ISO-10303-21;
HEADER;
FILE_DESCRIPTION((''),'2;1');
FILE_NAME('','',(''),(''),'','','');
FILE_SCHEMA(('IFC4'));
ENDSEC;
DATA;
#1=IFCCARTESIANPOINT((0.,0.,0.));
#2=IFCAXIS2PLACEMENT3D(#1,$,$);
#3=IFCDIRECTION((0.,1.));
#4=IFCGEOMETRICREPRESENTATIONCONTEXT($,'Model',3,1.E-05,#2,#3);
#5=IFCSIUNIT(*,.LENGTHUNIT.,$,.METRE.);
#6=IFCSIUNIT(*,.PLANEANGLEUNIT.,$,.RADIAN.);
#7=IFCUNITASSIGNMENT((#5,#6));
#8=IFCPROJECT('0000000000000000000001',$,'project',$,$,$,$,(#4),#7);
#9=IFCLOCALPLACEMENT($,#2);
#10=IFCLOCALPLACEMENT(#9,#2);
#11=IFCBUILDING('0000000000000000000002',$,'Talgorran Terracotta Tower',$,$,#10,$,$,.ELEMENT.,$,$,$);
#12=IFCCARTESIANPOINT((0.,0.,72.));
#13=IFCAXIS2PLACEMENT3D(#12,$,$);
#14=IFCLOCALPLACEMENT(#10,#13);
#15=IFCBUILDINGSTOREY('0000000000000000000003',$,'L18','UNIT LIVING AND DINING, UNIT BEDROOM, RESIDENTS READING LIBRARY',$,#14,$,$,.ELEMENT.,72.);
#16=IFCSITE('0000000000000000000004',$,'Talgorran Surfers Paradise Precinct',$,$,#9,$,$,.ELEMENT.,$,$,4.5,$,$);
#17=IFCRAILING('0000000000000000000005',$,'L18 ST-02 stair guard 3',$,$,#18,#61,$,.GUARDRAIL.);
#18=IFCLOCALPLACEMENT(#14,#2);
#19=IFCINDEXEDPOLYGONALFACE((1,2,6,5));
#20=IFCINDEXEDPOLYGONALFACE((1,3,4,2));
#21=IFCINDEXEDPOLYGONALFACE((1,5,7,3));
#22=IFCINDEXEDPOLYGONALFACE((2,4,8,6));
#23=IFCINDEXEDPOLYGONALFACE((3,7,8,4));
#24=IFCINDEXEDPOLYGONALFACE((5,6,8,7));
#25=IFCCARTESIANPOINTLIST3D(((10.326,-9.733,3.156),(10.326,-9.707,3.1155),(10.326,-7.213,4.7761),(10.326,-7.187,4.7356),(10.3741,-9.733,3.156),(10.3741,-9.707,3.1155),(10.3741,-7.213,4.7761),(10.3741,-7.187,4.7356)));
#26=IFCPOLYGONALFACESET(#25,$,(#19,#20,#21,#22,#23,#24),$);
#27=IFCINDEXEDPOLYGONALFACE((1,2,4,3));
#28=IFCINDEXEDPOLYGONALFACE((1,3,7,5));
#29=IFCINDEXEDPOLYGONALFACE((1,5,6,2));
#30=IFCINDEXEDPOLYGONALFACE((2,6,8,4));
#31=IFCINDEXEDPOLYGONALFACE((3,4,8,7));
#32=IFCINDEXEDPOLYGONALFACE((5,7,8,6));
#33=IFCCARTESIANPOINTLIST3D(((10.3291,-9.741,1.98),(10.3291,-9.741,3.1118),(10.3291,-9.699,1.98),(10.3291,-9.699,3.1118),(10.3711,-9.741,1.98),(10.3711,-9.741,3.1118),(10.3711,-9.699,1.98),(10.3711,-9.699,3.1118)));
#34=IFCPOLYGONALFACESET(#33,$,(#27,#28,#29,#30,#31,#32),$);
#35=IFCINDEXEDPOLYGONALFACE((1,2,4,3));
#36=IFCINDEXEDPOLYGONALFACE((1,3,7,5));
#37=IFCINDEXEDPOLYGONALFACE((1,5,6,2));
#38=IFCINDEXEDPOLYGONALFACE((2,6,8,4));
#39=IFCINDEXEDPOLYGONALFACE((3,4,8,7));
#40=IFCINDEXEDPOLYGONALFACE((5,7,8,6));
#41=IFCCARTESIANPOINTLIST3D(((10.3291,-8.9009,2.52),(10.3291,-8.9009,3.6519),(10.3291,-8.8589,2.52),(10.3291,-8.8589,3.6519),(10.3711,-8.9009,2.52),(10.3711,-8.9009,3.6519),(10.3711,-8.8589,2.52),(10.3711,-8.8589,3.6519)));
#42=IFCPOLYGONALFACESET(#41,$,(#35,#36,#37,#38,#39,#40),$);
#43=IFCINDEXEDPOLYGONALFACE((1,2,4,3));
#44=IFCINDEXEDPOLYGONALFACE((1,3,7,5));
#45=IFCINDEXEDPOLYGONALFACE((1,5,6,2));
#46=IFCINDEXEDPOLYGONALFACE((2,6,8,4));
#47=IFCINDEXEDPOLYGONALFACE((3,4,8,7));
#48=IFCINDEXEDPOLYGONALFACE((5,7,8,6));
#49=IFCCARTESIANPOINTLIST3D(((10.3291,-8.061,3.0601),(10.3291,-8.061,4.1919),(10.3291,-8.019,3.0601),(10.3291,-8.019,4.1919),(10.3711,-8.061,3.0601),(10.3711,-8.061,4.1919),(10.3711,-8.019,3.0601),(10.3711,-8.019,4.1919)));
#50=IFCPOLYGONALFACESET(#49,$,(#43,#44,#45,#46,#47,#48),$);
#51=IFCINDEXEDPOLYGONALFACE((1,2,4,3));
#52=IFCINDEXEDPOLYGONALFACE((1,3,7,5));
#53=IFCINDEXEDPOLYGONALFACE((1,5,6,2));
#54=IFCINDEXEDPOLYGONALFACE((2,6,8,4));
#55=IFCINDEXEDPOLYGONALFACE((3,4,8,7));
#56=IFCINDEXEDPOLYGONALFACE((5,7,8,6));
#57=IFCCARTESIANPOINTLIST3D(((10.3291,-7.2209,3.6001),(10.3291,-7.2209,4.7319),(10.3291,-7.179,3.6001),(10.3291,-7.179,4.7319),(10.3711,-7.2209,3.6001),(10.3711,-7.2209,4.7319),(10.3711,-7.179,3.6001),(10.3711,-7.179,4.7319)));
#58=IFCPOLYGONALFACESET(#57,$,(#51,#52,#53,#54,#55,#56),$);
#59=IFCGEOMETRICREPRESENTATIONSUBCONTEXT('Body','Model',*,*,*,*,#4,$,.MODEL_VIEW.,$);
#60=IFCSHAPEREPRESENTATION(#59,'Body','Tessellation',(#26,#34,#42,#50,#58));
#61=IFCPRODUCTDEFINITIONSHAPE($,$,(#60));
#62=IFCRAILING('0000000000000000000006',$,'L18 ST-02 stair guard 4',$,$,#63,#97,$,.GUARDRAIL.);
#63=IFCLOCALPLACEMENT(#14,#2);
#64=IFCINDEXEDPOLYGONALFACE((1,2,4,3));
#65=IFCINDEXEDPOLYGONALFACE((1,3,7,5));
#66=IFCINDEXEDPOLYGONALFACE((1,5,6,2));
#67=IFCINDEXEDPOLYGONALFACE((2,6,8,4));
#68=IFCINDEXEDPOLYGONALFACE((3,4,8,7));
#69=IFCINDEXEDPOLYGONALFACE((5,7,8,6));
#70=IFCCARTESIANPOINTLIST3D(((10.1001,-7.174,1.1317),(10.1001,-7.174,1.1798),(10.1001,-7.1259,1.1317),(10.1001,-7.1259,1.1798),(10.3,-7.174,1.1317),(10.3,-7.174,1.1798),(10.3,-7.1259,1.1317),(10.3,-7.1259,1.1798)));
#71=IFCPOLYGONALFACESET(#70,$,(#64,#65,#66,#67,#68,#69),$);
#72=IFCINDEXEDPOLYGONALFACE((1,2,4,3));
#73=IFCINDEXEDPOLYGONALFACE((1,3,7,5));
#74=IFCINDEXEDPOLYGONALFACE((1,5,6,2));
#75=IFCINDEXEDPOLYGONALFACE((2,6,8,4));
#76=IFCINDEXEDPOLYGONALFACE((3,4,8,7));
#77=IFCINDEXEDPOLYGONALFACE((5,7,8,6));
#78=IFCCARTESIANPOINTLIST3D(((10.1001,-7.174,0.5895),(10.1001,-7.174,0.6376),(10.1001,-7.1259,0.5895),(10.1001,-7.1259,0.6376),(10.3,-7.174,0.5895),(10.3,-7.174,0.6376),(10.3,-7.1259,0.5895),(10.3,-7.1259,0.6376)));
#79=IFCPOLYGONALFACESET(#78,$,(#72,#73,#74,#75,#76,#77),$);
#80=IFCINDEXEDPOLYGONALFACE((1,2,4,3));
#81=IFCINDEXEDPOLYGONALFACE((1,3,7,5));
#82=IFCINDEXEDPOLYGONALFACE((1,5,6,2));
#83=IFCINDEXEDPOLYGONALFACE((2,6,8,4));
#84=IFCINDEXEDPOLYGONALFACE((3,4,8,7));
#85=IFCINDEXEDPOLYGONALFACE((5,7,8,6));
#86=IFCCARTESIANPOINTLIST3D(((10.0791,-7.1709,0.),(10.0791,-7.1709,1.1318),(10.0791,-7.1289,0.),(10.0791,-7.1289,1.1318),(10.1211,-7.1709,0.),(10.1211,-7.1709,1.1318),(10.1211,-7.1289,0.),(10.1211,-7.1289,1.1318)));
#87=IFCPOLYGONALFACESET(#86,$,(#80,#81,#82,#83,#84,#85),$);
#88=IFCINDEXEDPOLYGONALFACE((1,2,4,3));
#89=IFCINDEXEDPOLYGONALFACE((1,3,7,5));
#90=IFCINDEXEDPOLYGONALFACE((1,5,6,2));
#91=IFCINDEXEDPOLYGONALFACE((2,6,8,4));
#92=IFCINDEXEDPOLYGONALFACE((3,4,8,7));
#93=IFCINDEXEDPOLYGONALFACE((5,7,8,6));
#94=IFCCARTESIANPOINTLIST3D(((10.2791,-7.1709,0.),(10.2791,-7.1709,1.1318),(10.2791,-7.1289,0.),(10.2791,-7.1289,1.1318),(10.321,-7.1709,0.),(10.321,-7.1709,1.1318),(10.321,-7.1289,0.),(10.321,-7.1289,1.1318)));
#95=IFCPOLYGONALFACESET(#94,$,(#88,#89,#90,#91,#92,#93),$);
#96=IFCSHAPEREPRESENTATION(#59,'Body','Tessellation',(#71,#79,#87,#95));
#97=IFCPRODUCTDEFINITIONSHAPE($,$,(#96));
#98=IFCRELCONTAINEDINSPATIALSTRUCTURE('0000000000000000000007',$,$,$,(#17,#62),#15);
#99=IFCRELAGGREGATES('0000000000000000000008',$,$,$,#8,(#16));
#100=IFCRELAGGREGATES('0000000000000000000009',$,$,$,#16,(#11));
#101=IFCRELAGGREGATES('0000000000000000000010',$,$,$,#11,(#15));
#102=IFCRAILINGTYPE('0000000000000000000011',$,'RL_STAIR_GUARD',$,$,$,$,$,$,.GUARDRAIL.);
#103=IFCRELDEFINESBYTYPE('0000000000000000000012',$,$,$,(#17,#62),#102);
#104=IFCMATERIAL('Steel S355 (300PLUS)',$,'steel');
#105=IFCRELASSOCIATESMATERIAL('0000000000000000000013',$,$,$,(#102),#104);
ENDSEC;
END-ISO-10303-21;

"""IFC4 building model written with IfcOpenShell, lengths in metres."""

from ifc_helpers import new_model, si_unit, direction, frame, origin, origin_2d, place, context, subcontext, project, spatial, rectangle, extrude, material, type_object, element, save


model = new_model("IFC4")

# Units and contexts
model_context = context("Model", 3, precision=1e-05, world=origin(), true_north=direction((0.0, 1.0)))
body_context = subcontext(model_context, "Body", "Model", "MODEL_VIEW")
ifc_project = project(units=[si_unit("LENGTHUNIT", "METRE"), si_unit("PLANEANGLEUNIT", "RADIAN")], contexts=[model_context])

# Site, building, storey
site_placement = place(None, origin())
site = spatial("IfcSite", under=ifc_project, at=site_placement, Name="Talgorran Surfers Paradise Precinct", CompositionType="ELEMENT", RefElevation=4.5)
building_placement = place(site_placement, origin())
building = spatial("IfcBuilding", under=site, at=building_placement, Name="Talgorran Terracotta Tower", CompositionType="ELEMENT")
storey_placement = place(building_placement, frame((0.0, 0.0, 72.0)))
storey = spatial("IfcBuildingStorey", under=building, at=storey_placement, Name="L18", Description="UNIT LIVING AND DINING, UNIT BEDROOM, RESIDENTS READING LIBRARY", CompositionType="ELEMENT", Elevation=72.0)

# Shared definitions
ifc_material_1 = material(Name="Steel S355 (300PLUS)", Category="steel")

# Railings
railing_type_1 = type_object("IfcRailingType", Name="RL_STAIR_GUARD", PredefinedType="GUARDRAIL", material=ifc_material_1)
railing_1_placement = place(storey_placement, frame((10.3501, -9.72, 1.98)))
element("IfcRailing", 1, at=railing_1_placement, inside=storey, type_object=railing_type_1, Name="L18 ST-02 stair guard 3", PredefinedType="GUARDRAIL", context=body_context, shape_type="SweptSolid", body=[
    extrude(rectangle(XDim=0.0481, YDim=0.0481, at=origin_2d()), frame((0.0, 0.0, 1.1558), z_axis=(0.0, 0.841163, 0.540782), x_axis=(-1.0, 0.0, 0.0)), (0.0, 0.0, 1.0), 2.9958),
    extrude(rectangle(XDim=0.042, YDim=0.042, at=origin_2d()), origin(), (0.0, 0.0, 1.0), 1.1318),
    extrude(rectangle(XDim=0.042, YDim=0.042, at=origin_2d()), frame((0.0, 0.8401, 0.54)), (0.0, 0.0, 1.0), 1.1318),
    extrude(rectangle(XDim=0.042, YDim=0.042, at=origin_2d()), frame((0.0, 1.6799, 1.0801)), (0.0, 0.0, 1.0), 1.1318),
    extrude(rectangle(XDim=0.042, YDim=0.042, at=origin_2d()), frame((0.0, 2.52, 1.6201)), (0.0, 0.0, 1.0), 1.1318),
])
railing_2_placement = place(storey_placement, frame((10.1001, -7.1499, 0.0)))
element("IfcRailing", 2, at=railing_2_placement, inside=storey, type_object=railing_type_1, Name="L18 ST-02 stair guard 4", PredefinedType="GUARDRAIL", context=body_context, shape_type="SweptSolid", body=[
    extrude(rectangle(XDim=0.0481, YDim=0.0481, at=origin_2d()), frame((0.0, 0.0, 1.1558), z_axis=(1.0, 0.0, 0.0), x_axis=(0.0, 1.0, 0.0)), (0.0, 0.0, 1.0), 0.2),
    extrude(rectangle(XDim=0.0481, YDim=0.0481, at=origin_2d()), frame((0.0, 0.0, 0.6135), z_axis=(1.0, 0.0, 0.0), x_axis=(0.0, 1.0, 0.0)), (0.0, 0.0, 1.0), 0.2),
    extrude(rectangle(XDim=0.042, YDim=0.042, at=origin_2d()), origin(), (0.0, 0.0, 1.0), 1.1318),
    extrude(rectangle(XDim=0.042, YDim=0.042, at=origin_2d()), frame((0.2, 0.0, 0.0)), (0.0, 0.0, 1.0), 1.1318),
])

save(model, "model.ifc")
